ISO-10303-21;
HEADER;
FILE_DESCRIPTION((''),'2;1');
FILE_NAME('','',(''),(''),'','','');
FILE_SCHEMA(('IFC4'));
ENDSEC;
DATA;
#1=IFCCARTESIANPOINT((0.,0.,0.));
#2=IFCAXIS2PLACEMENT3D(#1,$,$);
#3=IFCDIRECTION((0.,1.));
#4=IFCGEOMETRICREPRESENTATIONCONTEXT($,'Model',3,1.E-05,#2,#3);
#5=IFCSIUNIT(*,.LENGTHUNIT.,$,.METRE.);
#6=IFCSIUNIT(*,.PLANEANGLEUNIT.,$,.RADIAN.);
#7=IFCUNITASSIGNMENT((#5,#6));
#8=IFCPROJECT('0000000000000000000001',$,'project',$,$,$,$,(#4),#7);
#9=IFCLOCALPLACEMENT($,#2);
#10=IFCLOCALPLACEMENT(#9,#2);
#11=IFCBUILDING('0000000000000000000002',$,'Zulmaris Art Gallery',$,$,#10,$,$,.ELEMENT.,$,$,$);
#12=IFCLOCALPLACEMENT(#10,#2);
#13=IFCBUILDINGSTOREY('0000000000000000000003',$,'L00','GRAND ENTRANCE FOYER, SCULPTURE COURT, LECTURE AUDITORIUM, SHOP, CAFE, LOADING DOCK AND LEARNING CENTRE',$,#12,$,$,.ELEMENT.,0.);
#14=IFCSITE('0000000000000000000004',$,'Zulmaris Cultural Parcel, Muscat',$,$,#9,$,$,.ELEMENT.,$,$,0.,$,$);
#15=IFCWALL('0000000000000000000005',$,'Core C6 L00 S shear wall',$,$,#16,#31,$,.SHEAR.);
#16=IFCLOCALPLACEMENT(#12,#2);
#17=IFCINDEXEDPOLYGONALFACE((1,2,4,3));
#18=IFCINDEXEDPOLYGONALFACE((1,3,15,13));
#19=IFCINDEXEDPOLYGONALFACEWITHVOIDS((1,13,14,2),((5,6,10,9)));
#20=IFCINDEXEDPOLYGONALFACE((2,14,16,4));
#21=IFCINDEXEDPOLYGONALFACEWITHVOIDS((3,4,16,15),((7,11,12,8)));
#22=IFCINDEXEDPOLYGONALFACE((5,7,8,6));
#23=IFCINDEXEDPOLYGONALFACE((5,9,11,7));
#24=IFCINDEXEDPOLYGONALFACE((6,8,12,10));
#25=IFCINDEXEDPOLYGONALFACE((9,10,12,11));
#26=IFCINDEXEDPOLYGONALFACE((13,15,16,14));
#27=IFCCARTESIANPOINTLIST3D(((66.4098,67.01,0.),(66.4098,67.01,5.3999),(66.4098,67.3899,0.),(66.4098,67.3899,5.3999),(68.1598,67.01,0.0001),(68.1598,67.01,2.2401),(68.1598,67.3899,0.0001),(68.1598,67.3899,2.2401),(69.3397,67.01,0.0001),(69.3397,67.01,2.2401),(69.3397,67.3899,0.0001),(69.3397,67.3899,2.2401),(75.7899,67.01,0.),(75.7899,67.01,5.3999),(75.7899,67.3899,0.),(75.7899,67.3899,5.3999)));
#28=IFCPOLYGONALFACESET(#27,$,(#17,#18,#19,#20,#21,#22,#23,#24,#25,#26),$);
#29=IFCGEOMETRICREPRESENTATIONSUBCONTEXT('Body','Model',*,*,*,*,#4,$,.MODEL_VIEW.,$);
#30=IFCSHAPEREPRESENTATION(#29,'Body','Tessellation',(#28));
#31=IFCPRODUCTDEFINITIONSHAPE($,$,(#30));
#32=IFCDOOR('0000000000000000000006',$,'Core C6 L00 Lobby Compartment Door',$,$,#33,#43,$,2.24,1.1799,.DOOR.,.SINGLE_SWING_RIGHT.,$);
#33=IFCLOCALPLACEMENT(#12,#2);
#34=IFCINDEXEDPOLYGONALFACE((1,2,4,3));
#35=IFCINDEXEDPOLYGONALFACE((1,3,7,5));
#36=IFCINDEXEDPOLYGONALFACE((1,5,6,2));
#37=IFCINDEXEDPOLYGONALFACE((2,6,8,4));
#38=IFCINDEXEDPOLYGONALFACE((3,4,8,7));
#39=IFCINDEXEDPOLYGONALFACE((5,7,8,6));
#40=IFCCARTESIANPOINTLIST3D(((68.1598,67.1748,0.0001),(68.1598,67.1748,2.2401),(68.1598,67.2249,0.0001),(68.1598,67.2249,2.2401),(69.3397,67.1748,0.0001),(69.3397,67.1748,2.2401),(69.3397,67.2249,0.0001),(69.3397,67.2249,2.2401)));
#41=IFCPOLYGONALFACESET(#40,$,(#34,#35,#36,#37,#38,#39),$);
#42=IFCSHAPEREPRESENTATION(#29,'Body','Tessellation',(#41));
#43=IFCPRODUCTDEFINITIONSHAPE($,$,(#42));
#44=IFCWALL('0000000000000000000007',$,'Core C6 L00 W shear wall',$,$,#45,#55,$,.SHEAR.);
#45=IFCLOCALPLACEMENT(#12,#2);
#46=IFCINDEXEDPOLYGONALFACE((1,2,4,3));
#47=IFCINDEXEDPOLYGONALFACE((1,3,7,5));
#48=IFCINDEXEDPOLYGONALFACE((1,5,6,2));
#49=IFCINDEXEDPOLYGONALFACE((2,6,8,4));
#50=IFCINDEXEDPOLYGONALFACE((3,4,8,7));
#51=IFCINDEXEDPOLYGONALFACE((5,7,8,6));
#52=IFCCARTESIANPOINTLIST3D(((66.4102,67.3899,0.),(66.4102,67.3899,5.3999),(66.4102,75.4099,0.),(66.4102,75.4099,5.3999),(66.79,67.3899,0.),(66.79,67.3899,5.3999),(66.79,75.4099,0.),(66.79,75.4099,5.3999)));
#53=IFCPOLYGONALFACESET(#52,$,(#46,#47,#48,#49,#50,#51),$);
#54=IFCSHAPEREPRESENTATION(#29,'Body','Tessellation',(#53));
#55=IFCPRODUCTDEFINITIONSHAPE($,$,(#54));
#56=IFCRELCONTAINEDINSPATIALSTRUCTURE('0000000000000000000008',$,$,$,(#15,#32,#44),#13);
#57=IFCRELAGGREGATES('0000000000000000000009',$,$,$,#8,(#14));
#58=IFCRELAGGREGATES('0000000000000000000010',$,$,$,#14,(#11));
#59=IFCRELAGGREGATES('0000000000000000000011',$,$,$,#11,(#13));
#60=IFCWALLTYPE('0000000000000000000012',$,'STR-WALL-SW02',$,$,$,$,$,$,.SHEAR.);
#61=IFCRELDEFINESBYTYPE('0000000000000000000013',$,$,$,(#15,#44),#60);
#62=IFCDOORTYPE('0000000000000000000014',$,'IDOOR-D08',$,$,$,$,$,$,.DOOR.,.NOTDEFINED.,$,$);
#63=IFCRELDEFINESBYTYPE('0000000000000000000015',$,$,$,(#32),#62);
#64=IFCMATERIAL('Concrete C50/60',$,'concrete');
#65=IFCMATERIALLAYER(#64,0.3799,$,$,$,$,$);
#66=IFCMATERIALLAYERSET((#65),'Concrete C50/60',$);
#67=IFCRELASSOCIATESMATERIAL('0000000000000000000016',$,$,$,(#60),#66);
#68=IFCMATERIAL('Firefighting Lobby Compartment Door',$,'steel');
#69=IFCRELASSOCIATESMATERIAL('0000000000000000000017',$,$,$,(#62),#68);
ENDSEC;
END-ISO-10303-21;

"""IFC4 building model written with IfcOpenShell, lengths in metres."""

from ifc_helpers import new_model, si_unit, direction, frame, frame_2d, origin, place, context, subcontext, project, spatial, rectangle, extrude, material, layer, layer_set, type_object, element, fill, save


model = new_model("IFC4")

# Units and contexts
model_context = context("Model", 3, precision=1e-05, world=origin(), true_north=direction((0.0, 1.0)))
body_context = subcontext(model_context, "Body", "Model", "MODEL_VIEW")
ifc_project = project(units=[si_unit("LENGTHUNIT", "METRE"), si_unit("PLANEANGLEUNIT", "RADIAN")], contexts=[model_context])

# Site, building, storey
site_placement = place(None, origin())
site = spatial("IfcSite", under=ifc_project, at=site_placement, Name="Zulmaris Cultural Parcel, Muscat", CompositionType="ELEMENT", RefElevation=0.0)
building_placement = place(site_placement, origin())
building = spatial("IfcBuilding", under=site, at=building_placement, Name="Zulmaris Art Gallery", CompositionType="ELEMENT")
storey_placement = place(building_placement, origin())
storey = spatial("IfcBuildingStorey", under=building, at=storey_placement, Name="L00", Description="GRAND ENTRANCE FOYER, SCULPTURE COURT, LECTURE AUDITORIUM, SHOP, CAFE, LOADING DOCK AND LEARNING CENTRE", CompositionType="ELEMENT", Elevation=0.0)

# Wall, opening, door
ifc_material_1 = material(Name="Concrete C50/60", Category="concrete")
ifc_layer_1 = layer(ifc_material_1, 0.3799)
ifc_layer_set_1 = layer_set([ifc_layer_1], Name="Concrete C50/60")
wall_type_1 = type_object("IfcWallType", Name="STR-WALL-SW02", PredefinedType="SHEAR", material=ifc_layer_set_1)
wall_1_placement = place(storey_placement, frame((66.4099, 67.2, 0.0), z_axis=(0.0, 0.0, 1.0), x_axis=(1.0, 0.0, 0.0)))
wall_1 = element("IfcWall", 1, at=wall_1_placement, inside=storey, type_object=wall_type_1, Name="Core C6 L00 S shear wall", PredefinedType="SHEAR", context=body_context, shape_type="SweptSolid", body=[
    extrude(rectangle(XDim=9.3801, YDim=0.3799, at=frame_2d((4.6899, 0.0))), origin(), (0.0, 0.0, 1.0), 5.3999),
])
opening_1_placement = place(wall_1_placement, frame((1.75, 0.0, 0.0)))
opening_1 = element("IfcOpeningElement", 2, at=opening_1_placement, cuts=wall_1, PredefinedType="OPENING", context=body_context, shape_type="SweptSolid", body=[
    extrude(rectangle(XDim=1.1799, YDim=2.24, at=frame_2d((0.5898, 1.1201))), frame((0.0, 0.2, 0.0), z_axis=(0.0, -1.0, 0.0), x_axis=(1.0, 0.0, 0.0)), (0.0, 0.0, 1.0), 0.3999),
])
ifc_material_2 = material(Name="Firefighting Lobby Compartment Door", Category="steel")
door_type_1 = type_object("IfcDoorType", Name="IDOOR-D08", OperationType="NOTDEFINED", PredefinedType="DOOR", material=ifc_material_2)
door_1_placement = place(opening_1_placement, origin())
door_1 = element("IfcDoor", 3, at=door_1_placement, inside=storey, type_object=door_type_1, Name="Core C6 L00 Lobby Compartment Door", OperationType="SINGLE_SWING_RIGHT", OverallHeight=2.24, OverallWidth=1.1799, PredefinedType="DOOR", context=body_context, shape_type="SweptSolid", body=[
    extrude(rectangle(XDim=1.1799, YDim=2.24, at=frame_2d((0.5898, 1.1201))), frame((0.0, 0.0249, 0.0), z_axis=(0.0, -1.0, 0.0), x_axis=(1.0, 0.0, 0.0)), (0.0, 0.0, 1.0), 0.05),
])
fill(opening_1, door_1)

# Wall
wall_2_placement = place(storey_placement, frame((66.6001, 67.3899, 0.0), z_axis=(0.0, 0.0, 1.0), x_axis=(0.0, 1.0, 0.0)))
element("IfcWall", 4, at=wall_2_placement, inside=storey, type_object=wall_type_1, Name="Core C6 L00 W shear wall", PredefinedType="SHEAR", context=body_context, shape_type="SweptSolid", body=[
    extrude(rectangle(XDim=8.02, YDim=0.3799, at=frame_2d((4.01, 0.0))), origin(), (0.0, 0.0, 1.0), 5.3999),
])

save(model, "model.ifc")
